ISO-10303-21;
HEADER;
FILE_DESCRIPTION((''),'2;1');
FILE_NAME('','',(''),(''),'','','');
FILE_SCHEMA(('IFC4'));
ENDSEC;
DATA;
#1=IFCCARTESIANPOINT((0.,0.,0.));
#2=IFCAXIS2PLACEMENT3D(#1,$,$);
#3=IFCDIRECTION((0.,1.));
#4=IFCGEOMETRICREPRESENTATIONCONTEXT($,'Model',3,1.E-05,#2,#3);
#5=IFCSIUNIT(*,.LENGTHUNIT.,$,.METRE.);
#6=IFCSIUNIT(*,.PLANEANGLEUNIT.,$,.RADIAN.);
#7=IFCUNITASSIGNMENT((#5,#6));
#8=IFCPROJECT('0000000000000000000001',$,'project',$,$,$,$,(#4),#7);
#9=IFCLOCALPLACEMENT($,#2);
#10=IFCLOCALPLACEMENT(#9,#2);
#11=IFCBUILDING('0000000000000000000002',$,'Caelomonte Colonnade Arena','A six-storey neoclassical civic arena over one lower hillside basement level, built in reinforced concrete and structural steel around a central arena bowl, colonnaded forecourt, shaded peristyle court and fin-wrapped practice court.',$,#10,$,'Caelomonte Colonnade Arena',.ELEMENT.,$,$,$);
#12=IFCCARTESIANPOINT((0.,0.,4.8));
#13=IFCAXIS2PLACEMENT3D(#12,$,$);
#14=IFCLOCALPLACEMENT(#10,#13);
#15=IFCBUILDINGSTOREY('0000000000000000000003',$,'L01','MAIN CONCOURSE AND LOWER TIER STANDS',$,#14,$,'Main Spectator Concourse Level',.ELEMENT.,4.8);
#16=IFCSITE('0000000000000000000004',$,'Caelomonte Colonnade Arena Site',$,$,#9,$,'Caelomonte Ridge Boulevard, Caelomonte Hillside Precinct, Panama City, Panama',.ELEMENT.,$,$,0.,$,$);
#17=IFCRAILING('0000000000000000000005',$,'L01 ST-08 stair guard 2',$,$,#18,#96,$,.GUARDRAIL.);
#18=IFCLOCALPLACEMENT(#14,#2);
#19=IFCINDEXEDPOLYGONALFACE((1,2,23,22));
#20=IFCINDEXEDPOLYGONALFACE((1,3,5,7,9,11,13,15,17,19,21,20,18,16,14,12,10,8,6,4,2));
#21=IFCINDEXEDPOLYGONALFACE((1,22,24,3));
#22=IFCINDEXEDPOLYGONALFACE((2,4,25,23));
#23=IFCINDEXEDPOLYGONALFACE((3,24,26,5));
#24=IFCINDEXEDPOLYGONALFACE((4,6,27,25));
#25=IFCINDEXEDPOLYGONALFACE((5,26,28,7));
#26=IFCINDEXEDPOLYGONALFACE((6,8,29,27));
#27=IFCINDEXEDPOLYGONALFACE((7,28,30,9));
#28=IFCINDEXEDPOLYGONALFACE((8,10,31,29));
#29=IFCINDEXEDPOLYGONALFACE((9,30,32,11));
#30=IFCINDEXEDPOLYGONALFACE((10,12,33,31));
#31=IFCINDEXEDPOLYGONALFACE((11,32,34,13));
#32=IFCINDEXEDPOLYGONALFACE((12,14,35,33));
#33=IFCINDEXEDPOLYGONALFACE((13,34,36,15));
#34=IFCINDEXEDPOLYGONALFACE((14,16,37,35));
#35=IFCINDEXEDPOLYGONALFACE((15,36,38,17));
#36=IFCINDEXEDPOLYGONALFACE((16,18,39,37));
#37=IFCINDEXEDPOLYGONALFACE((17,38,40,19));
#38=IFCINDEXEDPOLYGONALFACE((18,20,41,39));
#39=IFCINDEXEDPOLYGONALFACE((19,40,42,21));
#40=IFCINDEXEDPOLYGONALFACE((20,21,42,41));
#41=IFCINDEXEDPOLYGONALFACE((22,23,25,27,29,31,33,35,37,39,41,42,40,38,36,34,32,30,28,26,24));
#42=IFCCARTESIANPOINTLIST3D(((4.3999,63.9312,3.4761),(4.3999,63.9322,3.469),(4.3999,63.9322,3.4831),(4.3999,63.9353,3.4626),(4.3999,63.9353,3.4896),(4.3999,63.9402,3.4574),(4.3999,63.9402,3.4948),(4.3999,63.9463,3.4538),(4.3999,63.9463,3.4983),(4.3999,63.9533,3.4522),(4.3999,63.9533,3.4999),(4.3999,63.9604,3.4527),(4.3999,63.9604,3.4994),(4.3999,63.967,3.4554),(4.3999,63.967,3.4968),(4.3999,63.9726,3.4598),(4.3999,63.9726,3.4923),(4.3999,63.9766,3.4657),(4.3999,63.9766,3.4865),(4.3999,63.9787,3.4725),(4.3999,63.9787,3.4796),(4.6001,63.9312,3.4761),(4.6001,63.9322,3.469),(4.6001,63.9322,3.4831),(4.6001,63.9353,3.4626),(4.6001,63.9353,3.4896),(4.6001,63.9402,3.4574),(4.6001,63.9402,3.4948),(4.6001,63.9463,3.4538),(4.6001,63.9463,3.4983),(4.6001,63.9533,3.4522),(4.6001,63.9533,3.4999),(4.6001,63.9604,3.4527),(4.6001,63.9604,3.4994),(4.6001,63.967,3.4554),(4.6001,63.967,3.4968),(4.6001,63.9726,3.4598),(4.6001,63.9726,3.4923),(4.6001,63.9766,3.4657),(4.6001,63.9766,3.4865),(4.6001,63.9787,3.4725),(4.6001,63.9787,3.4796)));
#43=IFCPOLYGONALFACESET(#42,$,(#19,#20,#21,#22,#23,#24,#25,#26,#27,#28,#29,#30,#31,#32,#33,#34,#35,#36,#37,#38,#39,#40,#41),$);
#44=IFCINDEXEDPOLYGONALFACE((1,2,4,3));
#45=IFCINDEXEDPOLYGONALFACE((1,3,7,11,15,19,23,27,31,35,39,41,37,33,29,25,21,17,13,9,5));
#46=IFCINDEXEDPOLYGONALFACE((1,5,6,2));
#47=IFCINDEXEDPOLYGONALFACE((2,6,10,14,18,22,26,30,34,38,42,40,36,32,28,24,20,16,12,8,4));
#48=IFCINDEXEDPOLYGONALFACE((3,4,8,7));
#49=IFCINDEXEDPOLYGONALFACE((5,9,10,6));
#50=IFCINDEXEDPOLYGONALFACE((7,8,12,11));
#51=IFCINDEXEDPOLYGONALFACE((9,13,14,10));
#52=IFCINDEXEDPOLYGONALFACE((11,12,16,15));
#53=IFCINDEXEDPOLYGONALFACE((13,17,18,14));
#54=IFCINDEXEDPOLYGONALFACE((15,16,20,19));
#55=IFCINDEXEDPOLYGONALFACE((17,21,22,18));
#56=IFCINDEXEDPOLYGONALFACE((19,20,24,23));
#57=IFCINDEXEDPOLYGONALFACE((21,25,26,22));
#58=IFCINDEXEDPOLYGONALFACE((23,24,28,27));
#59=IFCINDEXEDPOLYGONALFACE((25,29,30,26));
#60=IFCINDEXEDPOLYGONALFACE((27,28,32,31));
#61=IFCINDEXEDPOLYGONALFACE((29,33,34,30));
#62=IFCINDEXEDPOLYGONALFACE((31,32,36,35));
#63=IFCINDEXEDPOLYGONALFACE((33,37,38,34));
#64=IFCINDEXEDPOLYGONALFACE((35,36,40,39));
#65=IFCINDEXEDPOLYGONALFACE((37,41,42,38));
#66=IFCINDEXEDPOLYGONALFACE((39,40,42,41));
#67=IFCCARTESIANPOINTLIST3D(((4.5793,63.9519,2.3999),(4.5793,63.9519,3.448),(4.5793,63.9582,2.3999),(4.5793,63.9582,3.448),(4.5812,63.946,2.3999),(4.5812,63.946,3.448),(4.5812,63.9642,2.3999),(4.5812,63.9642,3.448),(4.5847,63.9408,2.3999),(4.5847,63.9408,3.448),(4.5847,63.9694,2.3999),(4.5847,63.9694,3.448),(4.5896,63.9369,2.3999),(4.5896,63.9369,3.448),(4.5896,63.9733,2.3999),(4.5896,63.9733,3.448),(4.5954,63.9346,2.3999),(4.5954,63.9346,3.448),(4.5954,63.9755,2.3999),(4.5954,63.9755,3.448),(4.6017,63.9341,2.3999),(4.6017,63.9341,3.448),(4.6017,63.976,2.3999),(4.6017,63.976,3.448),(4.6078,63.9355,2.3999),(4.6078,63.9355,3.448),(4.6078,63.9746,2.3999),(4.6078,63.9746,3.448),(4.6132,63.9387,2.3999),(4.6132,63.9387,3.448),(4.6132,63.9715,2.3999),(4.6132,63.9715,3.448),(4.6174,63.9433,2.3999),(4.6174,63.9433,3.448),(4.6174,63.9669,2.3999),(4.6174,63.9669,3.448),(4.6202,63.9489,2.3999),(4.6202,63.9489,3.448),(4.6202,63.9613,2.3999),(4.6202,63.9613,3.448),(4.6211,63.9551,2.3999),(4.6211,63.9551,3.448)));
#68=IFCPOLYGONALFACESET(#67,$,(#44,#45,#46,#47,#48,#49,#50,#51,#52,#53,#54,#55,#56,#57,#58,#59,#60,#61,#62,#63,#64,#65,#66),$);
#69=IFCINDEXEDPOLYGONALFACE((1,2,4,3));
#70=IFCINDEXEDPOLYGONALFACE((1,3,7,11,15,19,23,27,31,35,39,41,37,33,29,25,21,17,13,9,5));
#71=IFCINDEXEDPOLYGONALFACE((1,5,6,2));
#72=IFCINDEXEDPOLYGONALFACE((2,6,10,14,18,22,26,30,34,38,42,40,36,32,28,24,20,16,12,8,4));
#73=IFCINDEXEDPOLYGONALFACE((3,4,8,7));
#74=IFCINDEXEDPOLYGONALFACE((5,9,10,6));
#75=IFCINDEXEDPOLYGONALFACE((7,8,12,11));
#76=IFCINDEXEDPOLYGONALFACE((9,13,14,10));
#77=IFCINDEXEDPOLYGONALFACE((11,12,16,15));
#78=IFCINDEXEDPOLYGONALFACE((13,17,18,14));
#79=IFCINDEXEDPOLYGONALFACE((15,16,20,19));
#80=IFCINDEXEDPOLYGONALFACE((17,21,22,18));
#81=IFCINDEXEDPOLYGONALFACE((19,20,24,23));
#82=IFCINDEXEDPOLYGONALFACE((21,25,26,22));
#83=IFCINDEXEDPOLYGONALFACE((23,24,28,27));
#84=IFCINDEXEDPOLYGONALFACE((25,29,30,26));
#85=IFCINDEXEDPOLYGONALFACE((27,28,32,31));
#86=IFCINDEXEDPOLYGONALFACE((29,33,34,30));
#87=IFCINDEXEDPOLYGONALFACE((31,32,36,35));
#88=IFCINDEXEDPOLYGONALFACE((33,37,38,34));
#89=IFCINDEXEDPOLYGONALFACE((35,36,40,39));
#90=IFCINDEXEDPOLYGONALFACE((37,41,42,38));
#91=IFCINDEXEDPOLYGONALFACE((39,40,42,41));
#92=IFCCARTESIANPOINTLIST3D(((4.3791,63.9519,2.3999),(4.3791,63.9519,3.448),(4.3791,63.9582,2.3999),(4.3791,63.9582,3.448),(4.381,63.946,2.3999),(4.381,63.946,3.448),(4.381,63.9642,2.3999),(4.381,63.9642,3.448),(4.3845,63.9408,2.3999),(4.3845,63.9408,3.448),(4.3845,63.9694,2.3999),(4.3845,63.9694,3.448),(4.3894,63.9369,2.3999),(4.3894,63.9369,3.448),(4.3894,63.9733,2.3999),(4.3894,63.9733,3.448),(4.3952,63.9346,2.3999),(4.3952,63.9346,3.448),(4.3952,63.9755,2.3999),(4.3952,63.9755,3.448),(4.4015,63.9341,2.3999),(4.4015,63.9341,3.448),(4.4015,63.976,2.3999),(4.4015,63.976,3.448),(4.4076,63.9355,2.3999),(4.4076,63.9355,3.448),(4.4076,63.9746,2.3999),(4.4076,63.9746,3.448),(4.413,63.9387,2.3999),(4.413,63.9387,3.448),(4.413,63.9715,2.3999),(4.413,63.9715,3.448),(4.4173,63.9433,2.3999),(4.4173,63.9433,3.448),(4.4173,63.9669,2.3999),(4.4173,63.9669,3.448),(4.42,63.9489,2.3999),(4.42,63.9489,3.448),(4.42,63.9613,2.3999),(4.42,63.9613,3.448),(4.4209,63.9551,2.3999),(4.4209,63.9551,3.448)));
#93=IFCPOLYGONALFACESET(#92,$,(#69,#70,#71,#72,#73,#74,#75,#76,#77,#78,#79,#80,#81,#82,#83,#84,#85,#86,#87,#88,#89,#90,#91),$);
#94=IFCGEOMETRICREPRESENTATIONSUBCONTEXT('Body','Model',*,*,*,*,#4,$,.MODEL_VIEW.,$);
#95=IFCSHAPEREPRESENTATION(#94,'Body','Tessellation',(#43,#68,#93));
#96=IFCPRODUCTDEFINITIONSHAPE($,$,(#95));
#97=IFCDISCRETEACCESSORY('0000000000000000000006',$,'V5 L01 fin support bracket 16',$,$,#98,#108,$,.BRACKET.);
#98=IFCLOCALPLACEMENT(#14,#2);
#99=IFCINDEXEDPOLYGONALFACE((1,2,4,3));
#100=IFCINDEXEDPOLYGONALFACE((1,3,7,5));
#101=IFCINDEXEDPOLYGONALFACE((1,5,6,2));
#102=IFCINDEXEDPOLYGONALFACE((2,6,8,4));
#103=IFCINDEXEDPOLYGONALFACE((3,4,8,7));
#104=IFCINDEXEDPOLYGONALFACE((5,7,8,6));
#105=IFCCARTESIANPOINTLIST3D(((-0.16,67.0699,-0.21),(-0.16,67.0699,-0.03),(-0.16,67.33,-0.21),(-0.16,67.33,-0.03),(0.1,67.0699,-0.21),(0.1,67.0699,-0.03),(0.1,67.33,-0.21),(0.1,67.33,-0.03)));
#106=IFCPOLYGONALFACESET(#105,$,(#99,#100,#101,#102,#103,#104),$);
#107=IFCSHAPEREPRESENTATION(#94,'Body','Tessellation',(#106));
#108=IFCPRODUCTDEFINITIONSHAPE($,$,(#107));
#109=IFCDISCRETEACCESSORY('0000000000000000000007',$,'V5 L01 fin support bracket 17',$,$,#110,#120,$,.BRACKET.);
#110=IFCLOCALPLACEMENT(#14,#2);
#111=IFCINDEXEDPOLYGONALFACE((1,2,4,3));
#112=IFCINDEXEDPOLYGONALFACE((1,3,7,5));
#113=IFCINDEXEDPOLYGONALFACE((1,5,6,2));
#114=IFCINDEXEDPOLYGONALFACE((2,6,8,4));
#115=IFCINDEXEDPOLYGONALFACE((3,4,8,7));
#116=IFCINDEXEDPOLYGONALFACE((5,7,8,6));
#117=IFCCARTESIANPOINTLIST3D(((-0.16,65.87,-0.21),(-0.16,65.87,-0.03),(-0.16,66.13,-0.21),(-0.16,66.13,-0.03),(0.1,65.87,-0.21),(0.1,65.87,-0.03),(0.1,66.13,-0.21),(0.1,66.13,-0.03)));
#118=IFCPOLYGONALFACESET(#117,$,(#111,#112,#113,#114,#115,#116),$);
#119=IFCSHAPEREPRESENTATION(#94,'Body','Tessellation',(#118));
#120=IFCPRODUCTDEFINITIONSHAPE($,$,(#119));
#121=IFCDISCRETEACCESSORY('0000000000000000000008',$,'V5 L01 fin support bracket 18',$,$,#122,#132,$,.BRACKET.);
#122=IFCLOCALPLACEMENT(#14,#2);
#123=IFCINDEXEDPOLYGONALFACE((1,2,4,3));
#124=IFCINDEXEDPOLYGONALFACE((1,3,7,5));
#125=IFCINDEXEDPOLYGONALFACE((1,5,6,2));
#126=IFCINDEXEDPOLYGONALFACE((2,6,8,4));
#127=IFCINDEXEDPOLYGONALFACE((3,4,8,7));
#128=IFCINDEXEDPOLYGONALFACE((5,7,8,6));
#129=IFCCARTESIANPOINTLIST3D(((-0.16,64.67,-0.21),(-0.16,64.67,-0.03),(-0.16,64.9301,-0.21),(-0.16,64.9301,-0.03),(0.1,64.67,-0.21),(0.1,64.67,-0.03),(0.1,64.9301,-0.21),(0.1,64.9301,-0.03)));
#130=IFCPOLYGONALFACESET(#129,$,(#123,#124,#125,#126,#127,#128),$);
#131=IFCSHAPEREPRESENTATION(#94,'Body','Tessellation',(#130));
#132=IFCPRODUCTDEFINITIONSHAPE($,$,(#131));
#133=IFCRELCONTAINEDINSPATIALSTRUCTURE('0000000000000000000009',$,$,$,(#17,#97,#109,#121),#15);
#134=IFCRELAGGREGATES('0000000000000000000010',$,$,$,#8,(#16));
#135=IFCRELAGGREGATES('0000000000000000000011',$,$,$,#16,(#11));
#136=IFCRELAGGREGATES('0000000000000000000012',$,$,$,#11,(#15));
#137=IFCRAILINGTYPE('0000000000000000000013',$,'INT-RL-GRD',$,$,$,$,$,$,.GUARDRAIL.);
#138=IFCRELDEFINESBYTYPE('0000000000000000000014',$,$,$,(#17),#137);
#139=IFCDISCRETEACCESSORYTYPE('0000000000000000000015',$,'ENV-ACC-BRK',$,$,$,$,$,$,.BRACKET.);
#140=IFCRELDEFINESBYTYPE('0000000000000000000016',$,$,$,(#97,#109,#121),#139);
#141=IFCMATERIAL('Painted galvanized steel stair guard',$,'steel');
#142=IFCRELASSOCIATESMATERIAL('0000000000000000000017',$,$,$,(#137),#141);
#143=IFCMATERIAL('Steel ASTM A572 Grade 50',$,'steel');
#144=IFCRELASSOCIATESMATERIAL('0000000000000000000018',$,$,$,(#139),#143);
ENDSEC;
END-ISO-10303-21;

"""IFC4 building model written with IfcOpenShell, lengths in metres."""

from ifc_helpers import new_model, si_unit, direction, frame, origin, origin_2d, place, context, subcontext, project, spatial, rectangle, circle, extrude, material, type_object, element, save


model = new_model("IFC4")

# Units and contexts
model_context = context("Model", 3, precision=1e-05, world=origin(), true_north=direction((0.0, 1.0)))
body_context = subcontext(model_context, "Body", "Model", "MODEL_VIEW")
ifc_project = project(units=[si_unit("LENGTHUNIT", "METRE"), si_unit("PLANEANGLEUNIT", "RADIAN")], contexts=[model_context])

# Site, building, storey
site_placement = place(None, origin())
site = spatial("IfcSite", under=ifc_project, at=site_placement, Name="Caelomonte Colonnade Arena Site", LongName="Caelomonte Ridge Boulevard, Caelomonte Hillside Precinct, Panama City, Panama", CompositionType="ELEMENT", RefElevation=0.0)
building_placement = place(site_placement, origin())
building = spatial("IfcBuilding", under=site, at=building_placement, Name="Caelomonte Colonnade Arena", Description="A six-storey neoclassical civic arena over one lower hillside basement level, built in reinforced concrete and structural steel around a central arena bowl, colonnaded forecourt, shaded peristyle court and fin-wrapped practice court.", LongName="Caelomonte Colonnade Arena", CompositionType="ELEMENT")
storey_placement = place(building_placement, frame((0.0, 0.0, 4.8)))
storey = spatial("IfcBuildingStorey", under=building, at=storey_placement, Name="L01", Description="MAIN CONCOURSE AND LOWER TIER STANDS", LongName="Main Spectator Concourse Level", CompositionType="ELEMENT", Elevation=4.8)

# Shared definitions
ifc_material_1 = material(Name="Steel ASTM A572 Grade 50", Category="steel")

# Railing
ifc_material_2 = material(Name="Painted galvanized steel stair guard", Category="steel")
railing_type = type_object("IfcRailingType", Name="INT-RL-GRD", PredefinedType="GUARDRAIL", material=ifc_material_2)
railing_placement = place(storey_placement, frame((4.6001, 63.9551, 2.3999)))
element("IfcRailing", 1, at=railing_placement, inside=storey, type_object=railing_type, Name="L01 ST-08 stair guard 2", PredefinedType="GUARDRAIL", context=body_context, shape_type="SweptSolid", body=[
    extrude(circle(Radius=0.0239, at=origin_2d()), frame((0.0, 0.0, 1.0762), z_axis=(-1.0, 0.0, 0.0), x_axis=(0.0, -1.0, 0.0)), (0.0, 0.0, 1.0), 0.2002),
    extrude(circle(Radius=0.021, at=origin_2d()), origin(), (0.0, 0.0, 1.0), 1.0481),
    extrude(circle(Radius=0.021, at=origin_2d()), frame((-0.2002, 0.0, 0.0)), (0.0, 0.0, 1.0), 1.0481),
])

# Discrete accessories
discrete_accessory_type = type_object("IfcDiscreteAccessoryType", Name="ENV-ACC-BRK", PredefinedType="BRACKET", material=ifc_material_1)
for number, where, z_axis, x_axis, name in (
    (2, (-0.03, 67.2, -0.21), (0.0, 0.0, 1.0), (0.0, -1.0, 0.0), "V5 L01 fin support bracket 16"),
    (3, (-0.03, 66.0, -0.21), (0.0, 0.0, 1.0), (0.0, -1.0, 0.0), "V5 L01 fin support bracket 17"),
    (4, (-0.03, 64.8, -0.21), (0.0, 0.0, 1.0), (0.0, -1.0, 0.0), "V5 L01 fin support bracket 18"),
):
    element("IfcDiscreteAccessory", number, at=place(storey_placement, frame(where, z_axis=z_axis, x_axis=x_axis)), inside=storey, type_object=discrete_accessory_type, Name=name, PredefinedType="BRACKET", context=body_context, shape_type="SweptSolid", body=[
        extrude(rectangle(XDim=0.26, YDim=0.26, at=origin_2d()), origin(), (0.0, 0.0, 1.0), 0.1799),
    ])

save(model, "model.ifc")
